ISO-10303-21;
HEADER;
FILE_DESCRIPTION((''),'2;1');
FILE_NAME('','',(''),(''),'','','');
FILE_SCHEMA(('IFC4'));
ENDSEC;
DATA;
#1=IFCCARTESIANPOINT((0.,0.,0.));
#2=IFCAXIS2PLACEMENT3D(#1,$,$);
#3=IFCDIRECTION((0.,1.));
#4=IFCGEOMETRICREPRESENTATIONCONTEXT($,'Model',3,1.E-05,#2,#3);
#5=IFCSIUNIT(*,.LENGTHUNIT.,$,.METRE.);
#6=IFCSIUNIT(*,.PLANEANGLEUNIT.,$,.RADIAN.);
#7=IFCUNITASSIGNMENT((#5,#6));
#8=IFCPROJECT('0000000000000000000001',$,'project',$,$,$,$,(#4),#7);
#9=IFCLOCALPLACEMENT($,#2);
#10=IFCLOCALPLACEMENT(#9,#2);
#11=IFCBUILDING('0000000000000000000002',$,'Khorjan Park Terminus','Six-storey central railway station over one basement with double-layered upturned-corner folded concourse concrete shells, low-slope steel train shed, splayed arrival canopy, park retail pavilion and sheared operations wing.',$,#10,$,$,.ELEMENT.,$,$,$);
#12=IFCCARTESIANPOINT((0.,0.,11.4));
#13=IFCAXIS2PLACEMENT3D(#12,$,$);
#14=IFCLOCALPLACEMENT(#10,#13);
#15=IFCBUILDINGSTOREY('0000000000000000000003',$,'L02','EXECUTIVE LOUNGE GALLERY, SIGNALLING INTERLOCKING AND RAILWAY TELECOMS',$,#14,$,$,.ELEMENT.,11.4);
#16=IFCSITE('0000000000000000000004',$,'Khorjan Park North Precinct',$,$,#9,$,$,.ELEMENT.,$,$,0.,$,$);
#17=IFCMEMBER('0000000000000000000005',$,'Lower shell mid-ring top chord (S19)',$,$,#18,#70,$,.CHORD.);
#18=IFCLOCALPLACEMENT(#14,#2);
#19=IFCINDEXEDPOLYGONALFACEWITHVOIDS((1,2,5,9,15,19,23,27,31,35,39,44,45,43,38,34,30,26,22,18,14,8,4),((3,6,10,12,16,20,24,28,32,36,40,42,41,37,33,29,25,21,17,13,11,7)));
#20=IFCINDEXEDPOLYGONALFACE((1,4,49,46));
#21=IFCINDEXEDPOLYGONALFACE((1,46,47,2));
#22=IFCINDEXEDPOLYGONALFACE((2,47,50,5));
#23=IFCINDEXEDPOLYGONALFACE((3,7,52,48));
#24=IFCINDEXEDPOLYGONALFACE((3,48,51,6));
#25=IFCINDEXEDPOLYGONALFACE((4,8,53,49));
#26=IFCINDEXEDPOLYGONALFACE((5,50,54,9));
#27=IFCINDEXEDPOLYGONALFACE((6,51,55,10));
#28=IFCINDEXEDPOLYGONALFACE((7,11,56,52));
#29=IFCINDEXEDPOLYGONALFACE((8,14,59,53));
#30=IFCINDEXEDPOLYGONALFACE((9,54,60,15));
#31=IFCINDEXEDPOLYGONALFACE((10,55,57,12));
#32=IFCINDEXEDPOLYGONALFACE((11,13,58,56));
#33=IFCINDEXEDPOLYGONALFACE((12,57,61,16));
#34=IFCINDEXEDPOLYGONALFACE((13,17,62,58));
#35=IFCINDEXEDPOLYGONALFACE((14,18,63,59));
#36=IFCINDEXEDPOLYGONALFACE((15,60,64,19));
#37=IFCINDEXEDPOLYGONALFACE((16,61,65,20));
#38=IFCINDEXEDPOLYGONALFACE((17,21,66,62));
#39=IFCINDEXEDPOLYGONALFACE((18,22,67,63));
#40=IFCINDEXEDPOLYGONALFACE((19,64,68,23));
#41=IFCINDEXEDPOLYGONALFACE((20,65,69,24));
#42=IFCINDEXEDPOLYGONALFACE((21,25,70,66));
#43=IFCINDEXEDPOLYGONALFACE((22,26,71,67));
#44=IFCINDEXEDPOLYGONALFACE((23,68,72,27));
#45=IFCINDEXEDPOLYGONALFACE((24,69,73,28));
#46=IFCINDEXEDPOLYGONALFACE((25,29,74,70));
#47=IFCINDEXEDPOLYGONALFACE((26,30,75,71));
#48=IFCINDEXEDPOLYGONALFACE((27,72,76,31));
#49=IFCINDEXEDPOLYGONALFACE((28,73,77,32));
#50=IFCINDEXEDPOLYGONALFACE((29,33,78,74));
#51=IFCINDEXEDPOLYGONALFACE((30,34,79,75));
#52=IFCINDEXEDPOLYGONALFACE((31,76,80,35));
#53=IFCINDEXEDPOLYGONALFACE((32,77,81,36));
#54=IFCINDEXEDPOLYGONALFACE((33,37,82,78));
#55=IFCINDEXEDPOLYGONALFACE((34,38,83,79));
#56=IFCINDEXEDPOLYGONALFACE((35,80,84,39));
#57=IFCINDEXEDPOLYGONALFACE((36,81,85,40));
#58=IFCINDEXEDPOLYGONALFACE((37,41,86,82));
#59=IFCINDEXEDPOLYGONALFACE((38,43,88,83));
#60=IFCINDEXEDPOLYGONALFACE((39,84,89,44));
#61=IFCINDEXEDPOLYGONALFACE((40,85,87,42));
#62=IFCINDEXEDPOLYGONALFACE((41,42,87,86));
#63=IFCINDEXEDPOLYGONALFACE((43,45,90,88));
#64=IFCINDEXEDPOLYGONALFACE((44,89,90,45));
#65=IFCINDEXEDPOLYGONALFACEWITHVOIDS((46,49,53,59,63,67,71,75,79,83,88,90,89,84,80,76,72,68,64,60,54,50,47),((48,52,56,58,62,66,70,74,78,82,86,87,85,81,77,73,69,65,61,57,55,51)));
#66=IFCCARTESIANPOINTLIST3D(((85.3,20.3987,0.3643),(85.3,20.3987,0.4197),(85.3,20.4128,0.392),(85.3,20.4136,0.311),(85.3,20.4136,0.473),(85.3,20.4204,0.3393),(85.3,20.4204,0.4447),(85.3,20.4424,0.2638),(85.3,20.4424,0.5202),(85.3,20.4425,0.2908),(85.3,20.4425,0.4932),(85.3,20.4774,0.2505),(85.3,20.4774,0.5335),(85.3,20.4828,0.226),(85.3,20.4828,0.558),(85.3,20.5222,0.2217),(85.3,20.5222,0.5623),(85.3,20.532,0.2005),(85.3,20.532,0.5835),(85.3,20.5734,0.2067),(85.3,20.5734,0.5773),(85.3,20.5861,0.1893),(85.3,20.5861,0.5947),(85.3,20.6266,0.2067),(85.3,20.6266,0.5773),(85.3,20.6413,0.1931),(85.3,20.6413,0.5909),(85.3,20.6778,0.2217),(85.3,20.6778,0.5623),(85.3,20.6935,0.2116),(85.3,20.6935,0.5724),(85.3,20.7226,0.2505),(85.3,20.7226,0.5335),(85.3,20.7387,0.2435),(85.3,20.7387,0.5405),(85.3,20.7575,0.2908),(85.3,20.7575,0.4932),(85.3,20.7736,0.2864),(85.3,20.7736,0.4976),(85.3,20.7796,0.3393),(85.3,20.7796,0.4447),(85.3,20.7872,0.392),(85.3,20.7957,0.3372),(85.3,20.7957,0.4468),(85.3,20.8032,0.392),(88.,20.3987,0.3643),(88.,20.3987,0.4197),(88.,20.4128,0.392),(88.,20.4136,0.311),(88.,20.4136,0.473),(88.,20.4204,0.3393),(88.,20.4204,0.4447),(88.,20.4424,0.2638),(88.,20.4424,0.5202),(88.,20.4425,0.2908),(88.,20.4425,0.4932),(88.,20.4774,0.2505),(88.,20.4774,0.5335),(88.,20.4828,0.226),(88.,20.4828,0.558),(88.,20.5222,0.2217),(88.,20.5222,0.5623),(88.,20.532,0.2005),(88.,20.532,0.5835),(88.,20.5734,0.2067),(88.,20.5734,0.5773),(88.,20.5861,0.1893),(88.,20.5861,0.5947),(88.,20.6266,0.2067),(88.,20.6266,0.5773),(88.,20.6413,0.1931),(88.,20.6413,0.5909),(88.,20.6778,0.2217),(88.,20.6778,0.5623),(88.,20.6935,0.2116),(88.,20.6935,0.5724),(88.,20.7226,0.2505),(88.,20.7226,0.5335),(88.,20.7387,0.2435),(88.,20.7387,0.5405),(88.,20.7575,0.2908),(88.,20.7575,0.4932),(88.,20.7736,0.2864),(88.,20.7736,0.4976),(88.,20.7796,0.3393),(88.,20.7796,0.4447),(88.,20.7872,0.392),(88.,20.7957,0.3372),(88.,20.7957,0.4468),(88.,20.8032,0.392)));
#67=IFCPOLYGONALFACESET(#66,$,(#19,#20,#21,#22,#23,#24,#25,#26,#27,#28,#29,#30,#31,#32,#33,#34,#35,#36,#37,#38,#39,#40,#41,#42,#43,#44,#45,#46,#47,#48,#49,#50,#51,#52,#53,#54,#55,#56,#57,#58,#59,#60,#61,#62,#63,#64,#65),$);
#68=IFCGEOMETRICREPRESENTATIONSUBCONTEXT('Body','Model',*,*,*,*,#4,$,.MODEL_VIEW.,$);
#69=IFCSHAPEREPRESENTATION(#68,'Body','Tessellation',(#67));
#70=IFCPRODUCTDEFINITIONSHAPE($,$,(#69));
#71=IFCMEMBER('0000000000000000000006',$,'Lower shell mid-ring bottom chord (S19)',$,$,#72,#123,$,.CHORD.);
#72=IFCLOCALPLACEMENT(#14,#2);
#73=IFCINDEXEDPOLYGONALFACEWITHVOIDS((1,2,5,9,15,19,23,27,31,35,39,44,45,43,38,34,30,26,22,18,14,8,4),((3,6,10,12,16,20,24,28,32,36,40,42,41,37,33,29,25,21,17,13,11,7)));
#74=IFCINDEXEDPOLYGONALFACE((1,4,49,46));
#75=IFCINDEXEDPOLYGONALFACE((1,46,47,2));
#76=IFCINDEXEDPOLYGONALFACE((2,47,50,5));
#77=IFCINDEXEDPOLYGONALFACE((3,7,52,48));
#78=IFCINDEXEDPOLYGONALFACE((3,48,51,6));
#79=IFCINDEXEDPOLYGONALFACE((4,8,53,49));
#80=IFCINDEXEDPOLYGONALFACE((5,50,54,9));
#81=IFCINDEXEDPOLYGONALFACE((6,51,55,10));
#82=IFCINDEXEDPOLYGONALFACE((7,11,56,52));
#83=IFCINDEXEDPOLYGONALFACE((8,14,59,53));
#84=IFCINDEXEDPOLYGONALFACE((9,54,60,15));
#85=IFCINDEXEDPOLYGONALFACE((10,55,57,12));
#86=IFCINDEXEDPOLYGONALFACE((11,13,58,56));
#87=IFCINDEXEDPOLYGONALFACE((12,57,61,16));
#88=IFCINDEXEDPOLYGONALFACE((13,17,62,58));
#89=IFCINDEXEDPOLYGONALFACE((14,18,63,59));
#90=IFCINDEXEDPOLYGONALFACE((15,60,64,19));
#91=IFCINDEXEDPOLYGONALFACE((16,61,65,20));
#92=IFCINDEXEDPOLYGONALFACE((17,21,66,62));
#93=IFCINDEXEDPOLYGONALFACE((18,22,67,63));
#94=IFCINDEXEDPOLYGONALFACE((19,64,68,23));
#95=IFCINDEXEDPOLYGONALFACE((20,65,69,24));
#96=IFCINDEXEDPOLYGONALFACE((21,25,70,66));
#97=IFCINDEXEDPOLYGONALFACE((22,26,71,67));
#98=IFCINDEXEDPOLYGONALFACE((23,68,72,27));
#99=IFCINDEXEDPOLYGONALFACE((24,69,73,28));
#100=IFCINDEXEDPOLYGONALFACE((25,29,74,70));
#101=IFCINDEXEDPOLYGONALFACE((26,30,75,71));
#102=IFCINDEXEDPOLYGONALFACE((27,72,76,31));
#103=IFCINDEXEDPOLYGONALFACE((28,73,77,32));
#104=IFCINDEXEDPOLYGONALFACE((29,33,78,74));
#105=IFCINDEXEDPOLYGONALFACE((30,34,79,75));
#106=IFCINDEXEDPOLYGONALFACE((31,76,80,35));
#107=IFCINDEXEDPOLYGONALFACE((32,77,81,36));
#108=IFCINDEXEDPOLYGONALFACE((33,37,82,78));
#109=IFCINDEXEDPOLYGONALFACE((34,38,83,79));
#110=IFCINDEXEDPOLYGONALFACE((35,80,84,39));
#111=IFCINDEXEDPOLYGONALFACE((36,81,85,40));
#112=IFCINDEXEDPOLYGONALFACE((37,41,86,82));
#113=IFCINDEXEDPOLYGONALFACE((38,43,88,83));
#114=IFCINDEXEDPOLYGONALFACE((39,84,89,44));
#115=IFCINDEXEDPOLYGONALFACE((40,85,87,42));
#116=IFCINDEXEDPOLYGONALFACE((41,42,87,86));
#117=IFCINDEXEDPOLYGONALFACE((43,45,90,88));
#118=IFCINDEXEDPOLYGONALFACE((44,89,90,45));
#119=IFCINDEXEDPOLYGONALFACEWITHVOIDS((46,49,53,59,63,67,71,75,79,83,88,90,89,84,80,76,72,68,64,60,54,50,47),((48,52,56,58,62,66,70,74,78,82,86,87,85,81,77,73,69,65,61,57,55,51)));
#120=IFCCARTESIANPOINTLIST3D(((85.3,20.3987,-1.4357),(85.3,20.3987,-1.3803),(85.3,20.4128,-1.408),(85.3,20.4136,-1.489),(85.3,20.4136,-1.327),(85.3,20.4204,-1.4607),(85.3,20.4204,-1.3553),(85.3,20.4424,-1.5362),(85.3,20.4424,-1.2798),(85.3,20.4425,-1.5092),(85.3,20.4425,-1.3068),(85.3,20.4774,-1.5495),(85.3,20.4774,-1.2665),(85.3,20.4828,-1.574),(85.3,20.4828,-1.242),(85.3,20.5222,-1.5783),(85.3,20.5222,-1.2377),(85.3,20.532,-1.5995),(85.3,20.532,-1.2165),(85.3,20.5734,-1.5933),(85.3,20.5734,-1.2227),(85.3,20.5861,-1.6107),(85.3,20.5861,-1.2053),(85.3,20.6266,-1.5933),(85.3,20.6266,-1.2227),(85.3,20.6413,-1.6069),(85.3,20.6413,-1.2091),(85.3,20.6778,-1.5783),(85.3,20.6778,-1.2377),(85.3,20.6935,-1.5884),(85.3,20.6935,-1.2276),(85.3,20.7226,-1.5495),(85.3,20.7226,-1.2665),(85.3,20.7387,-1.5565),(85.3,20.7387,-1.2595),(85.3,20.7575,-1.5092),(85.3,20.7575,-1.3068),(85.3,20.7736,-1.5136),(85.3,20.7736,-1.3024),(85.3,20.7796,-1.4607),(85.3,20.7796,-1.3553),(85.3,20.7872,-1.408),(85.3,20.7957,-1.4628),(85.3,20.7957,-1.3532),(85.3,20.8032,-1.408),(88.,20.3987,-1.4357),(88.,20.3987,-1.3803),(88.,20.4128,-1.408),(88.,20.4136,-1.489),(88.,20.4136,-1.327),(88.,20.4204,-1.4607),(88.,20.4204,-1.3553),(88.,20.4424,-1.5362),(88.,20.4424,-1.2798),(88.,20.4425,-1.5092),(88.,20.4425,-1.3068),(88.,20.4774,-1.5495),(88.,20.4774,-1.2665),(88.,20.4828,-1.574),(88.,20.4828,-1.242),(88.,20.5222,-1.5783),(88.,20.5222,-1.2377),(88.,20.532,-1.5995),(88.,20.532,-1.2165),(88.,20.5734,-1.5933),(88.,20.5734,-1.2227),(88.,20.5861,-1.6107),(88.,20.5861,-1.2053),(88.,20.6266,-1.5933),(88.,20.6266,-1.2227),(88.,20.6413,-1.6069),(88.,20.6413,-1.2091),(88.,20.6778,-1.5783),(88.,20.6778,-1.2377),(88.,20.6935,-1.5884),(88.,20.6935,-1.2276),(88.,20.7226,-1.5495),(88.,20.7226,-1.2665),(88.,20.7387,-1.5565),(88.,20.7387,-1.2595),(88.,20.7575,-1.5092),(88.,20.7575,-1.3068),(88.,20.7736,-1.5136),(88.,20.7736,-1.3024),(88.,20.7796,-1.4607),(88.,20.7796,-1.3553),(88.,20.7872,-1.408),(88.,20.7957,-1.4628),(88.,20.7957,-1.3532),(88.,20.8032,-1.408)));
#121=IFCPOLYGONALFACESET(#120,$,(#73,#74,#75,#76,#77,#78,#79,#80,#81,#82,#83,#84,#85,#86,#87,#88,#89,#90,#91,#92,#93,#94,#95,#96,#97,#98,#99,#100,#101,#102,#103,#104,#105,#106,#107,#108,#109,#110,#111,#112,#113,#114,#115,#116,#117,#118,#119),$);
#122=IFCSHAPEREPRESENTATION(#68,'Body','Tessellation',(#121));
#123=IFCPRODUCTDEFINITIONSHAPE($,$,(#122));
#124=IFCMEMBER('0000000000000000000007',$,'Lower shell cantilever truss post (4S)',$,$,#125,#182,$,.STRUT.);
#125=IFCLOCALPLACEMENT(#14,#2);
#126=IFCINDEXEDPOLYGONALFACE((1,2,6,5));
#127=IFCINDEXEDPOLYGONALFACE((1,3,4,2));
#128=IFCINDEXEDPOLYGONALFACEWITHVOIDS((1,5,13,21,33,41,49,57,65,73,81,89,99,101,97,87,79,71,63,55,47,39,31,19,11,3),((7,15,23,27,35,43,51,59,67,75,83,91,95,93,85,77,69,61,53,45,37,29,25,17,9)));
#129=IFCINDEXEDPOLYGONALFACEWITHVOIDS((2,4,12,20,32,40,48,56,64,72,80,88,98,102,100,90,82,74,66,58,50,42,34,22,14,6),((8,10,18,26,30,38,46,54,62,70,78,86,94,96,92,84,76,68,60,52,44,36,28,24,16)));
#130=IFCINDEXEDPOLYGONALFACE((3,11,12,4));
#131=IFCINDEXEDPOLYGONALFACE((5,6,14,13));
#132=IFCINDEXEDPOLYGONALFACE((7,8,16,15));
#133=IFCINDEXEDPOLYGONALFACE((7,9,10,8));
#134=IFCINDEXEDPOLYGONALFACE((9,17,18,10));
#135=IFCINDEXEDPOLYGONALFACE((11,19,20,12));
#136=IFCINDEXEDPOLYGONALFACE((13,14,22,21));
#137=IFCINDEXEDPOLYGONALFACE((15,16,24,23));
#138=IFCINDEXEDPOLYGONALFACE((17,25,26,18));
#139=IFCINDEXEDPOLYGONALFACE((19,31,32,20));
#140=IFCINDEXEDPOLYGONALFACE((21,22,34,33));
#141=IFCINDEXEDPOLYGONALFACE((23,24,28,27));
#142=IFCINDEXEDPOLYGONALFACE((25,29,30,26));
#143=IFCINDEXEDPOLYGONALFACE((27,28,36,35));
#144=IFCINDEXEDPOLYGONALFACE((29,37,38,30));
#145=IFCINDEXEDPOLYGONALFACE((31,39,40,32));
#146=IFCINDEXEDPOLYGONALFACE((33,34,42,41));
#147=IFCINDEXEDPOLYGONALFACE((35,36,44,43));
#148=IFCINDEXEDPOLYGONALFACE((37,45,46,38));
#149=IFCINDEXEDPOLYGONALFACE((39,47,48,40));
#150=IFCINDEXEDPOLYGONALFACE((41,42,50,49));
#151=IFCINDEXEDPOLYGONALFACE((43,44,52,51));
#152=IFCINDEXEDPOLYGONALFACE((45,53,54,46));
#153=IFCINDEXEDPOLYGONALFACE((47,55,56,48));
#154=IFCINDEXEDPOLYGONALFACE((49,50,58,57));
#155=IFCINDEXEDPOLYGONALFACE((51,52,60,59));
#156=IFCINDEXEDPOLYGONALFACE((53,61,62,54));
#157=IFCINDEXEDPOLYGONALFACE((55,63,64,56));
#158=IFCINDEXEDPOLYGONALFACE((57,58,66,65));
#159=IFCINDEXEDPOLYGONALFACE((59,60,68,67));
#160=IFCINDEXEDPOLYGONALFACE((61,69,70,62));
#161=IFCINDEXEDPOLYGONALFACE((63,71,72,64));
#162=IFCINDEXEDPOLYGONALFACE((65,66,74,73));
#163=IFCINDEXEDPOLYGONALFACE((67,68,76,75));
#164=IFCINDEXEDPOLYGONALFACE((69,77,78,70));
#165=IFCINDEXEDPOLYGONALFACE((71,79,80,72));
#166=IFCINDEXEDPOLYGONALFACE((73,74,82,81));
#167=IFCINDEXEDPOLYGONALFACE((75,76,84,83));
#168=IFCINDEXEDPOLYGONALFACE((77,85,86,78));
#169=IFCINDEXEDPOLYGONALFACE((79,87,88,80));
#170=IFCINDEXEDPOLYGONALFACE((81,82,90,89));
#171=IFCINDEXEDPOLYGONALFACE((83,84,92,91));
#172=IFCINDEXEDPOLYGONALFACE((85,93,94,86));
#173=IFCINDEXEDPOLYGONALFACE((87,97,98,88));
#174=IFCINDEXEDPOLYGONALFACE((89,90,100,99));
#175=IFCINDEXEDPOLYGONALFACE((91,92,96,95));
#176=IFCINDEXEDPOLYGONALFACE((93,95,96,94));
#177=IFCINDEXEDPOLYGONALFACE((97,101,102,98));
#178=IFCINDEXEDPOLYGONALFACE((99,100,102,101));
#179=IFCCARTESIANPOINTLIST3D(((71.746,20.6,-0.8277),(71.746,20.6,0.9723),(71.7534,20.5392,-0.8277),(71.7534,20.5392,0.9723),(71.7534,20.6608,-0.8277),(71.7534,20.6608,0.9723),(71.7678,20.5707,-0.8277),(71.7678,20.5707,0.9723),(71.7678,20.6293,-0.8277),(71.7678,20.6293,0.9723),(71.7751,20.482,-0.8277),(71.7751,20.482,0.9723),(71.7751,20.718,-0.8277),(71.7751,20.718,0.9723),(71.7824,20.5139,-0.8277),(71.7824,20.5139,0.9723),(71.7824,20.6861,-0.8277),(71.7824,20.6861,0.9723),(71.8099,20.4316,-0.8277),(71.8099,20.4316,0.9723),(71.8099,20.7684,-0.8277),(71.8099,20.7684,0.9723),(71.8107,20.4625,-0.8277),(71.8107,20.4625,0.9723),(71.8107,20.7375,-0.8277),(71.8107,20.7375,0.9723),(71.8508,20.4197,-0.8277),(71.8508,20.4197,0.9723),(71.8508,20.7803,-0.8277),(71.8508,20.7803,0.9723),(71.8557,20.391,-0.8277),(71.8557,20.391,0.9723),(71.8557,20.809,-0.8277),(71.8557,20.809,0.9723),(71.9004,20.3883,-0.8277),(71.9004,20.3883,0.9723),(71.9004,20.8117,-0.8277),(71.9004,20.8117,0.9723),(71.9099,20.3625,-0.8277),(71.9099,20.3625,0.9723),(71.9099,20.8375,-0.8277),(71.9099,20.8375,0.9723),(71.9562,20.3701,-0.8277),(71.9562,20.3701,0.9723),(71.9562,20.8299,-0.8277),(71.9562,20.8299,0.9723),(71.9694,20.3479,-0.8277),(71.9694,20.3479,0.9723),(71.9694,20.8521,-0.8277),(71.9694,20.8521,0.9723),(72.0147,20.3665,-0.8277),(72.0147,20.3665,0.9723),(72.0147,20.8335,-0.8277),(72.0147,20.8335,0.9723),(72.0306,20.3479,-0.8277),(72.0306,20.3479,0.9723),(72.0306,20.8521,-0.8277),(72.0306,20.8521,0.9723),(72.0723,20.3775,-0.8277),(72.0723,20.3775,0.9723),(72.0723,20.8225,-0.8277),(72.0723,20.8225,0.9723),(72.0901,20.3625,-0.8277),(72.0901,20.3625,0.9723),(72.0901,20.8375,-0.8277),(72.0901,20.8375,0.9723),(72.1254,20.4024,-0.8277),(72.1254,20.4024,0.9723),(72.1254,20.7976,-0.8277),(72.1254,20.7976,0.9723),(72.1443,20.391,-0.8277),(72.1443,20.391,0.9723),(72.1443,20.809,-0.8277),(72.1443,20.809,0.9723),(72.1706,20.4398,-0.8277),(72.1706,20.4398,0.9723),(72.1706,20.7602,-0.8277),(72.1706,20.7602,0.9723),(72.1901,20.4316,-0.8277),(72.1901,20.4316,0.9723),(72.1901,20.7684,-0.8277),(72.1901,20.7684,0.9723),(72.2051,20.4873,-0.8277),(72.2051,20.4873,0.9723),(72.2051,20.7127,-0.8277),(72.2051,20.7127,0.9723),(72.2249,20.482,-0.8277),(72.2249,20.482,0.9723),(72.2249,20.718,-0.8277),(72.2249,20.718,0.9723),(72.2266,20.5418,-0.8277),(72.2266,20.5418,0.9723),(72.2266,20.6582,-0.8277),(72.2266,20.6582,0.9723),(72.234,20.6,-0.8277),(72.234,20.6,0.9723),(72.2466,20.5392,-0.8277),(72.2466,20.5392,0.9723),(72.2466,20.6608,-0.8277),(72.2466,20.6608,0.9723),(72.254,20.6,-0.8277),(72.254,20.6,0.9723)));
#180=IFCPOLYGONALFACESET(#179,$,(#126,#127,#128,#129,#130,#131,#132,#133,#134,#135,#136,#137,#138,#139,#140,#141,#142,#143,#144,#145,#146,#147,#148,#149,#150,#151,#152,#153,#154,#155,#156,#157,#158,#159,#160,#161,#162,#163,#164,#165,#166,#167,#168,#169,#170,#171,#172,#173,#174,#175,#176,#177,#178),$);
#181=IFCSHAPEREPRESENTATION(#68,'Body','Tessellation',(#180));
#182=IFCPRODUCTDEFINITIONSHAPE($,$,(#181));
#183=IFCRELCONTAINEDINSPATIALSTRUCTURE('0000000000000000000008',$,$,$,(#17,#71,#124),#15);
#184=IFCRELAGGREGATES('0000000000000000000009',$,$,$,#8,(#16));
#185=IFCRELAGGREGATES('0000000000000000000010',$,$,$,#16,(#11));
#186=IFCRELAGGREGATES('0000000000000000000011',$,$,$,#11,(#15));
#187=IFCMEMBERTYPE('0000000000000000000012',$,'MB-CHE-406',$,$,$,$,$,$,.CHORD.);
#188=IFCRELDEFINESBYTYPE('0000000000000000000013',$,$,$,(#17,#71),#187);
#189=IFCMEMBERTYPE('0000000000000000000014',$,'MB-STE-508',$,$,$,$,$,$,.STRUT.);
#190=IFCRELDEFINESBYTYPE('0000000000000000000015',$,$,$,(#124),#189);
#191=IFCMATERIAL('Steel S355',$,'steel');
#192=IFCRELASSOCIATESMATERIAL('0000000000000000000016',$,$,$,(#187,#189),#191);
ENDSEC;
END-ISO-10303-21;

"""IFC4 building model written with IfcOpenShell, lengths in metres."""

from ifc_helpers import new_model, si_unit, direction, frame, origin, origin_2d, place, context, subcontext, project, spatial, hollow_circle, extrude, material, material_profile, profile_set, type_object, element, save


model = new_model("IFC4")

# Units and contexts
model_context = context("Model", 3, precision=1e-05, world=origin(), true_north=direction((0.0, 1.0)))
body_context = subcontext(model_context, "Body", "Model", "MODEL_VIEW")
ifc_project = project(units=[si_unit("LENGTHUNIT", "METRE"), si_unit("PLANEANGLEUNIT", "RADIAN")], contexts=[model_context])

# Site, building, storey
site_placement = place(None, origin())
site = spatial("IfcSite", under=ifc_project, at=site_placement, Name="Khorjan Park North Precinct", CompositionType="ELEMENT", RefElevation=0.0)
building_placement = place(site_placement, origin())
building = spatial("IfcBuilding", under=site, at=building_placement, Name="Khorjan Park Terminus", Description="Six-storey central railway station over one basement with double-layered upturned-corner folded concourse concrete shells, low-slope steel train shed, splayed arrival canopy, park retail pavilion and sheared operations wing.", CompositionType="ELEMENT")
storey_placement = place(building_placement, frame((0.0, 0.0, 11.4)))
storey = spatial("IfcBuildingStorey", under=building, at=storey_placement, Name="L02", Description="EXECUTIVE LOUNGE GALLERY, SIGNALLING INTERLOCKING AND RAILWAY TELECOMS", CompositionType="ELEMENT", Elevation=11.4)

# Members
ifc_material_1 = material(Name="Steel S355", Category="steel")
ifc_material_profile_1 = material_profile(ifc_material_1, hollow_circle(Radius=0.2032, WallThickness=0.016, at=origin_2d()), Name="CHS 406.4x16")
ifc_profile_set_1 = profile_set([ifc_material_profile_1], Name="Steel S355")
member_type_1 = type_object("IfcMemberType", Name="MB-CHE-406", PredefinedType="CHORD", material=ifc_profile_set_1)
for number, where, z_axis, x_axis, name in (
    (1, (85.3, 20.6, 0.392), (1.0, 0.0, 0.0), (0.0, 1.0, 0.0), "Lower shell mid-ring top chord (S19)"),
    (2, (85.3, 20.6, -1.408), (1.0, 0.0, 0.0), (0.0, 1.0, 0.0), "Lower shell mid-ring bottom chord (S19)"),
):
    element("IfcMember", number, at=place(storey_placement, frame(where, z_axis=z_axis, x_axis=x_axis)), inside=storey, type_object=member_type_1, Name=name, PredefinedType="CHORD", context=body_context, shape_type="SweptSolid", body=[
        extrude(hollow_circle(Radius=0.2032, WallThickness=0.016, at=origin_2d()), origin(), (0.0, 0.0, 1.0), 2.7),
    ])
ifc_material_profile_2 = material_profile(ifc_material_1, hollow_circle(Radius=0.254, WallThickness=0.02, at=origin_2d()), Name="CHS 508x20")
ifc_profile_set_2 = profile_set([ifc_material_profile_2], Name="Steel S355")
member_type_2 = type_object("IfcMemberType", Name="MB-STE-508", PredefinedType="STRUT", material=ifc_profile_set_2)
for number, where, z_axis, x_axis, name in (
    (3, (72.0, 20.6, -0.8277), (0.0, 0.0, 1.0), (1.0, 0.0, 0.0), "Lower shell cantilever truss post (4S)"),
):
    element("IfcMember", number, at=place(storey_placement, frame(where, z_axis=z_axis, x_axis=x_axis)), inside=storey, type_object=member_type_2, Name=name, PredefinedType="STRUT", context=body_context, shape_type="SweptSolid", body=[
        extrude(hollow_circle(Radius=0.254, WallThickness=0.02, at=origin_2d()), origin(), (0.0, 0.0, 1.0), 1.8),
    ])

save(model, "model.ifc")
